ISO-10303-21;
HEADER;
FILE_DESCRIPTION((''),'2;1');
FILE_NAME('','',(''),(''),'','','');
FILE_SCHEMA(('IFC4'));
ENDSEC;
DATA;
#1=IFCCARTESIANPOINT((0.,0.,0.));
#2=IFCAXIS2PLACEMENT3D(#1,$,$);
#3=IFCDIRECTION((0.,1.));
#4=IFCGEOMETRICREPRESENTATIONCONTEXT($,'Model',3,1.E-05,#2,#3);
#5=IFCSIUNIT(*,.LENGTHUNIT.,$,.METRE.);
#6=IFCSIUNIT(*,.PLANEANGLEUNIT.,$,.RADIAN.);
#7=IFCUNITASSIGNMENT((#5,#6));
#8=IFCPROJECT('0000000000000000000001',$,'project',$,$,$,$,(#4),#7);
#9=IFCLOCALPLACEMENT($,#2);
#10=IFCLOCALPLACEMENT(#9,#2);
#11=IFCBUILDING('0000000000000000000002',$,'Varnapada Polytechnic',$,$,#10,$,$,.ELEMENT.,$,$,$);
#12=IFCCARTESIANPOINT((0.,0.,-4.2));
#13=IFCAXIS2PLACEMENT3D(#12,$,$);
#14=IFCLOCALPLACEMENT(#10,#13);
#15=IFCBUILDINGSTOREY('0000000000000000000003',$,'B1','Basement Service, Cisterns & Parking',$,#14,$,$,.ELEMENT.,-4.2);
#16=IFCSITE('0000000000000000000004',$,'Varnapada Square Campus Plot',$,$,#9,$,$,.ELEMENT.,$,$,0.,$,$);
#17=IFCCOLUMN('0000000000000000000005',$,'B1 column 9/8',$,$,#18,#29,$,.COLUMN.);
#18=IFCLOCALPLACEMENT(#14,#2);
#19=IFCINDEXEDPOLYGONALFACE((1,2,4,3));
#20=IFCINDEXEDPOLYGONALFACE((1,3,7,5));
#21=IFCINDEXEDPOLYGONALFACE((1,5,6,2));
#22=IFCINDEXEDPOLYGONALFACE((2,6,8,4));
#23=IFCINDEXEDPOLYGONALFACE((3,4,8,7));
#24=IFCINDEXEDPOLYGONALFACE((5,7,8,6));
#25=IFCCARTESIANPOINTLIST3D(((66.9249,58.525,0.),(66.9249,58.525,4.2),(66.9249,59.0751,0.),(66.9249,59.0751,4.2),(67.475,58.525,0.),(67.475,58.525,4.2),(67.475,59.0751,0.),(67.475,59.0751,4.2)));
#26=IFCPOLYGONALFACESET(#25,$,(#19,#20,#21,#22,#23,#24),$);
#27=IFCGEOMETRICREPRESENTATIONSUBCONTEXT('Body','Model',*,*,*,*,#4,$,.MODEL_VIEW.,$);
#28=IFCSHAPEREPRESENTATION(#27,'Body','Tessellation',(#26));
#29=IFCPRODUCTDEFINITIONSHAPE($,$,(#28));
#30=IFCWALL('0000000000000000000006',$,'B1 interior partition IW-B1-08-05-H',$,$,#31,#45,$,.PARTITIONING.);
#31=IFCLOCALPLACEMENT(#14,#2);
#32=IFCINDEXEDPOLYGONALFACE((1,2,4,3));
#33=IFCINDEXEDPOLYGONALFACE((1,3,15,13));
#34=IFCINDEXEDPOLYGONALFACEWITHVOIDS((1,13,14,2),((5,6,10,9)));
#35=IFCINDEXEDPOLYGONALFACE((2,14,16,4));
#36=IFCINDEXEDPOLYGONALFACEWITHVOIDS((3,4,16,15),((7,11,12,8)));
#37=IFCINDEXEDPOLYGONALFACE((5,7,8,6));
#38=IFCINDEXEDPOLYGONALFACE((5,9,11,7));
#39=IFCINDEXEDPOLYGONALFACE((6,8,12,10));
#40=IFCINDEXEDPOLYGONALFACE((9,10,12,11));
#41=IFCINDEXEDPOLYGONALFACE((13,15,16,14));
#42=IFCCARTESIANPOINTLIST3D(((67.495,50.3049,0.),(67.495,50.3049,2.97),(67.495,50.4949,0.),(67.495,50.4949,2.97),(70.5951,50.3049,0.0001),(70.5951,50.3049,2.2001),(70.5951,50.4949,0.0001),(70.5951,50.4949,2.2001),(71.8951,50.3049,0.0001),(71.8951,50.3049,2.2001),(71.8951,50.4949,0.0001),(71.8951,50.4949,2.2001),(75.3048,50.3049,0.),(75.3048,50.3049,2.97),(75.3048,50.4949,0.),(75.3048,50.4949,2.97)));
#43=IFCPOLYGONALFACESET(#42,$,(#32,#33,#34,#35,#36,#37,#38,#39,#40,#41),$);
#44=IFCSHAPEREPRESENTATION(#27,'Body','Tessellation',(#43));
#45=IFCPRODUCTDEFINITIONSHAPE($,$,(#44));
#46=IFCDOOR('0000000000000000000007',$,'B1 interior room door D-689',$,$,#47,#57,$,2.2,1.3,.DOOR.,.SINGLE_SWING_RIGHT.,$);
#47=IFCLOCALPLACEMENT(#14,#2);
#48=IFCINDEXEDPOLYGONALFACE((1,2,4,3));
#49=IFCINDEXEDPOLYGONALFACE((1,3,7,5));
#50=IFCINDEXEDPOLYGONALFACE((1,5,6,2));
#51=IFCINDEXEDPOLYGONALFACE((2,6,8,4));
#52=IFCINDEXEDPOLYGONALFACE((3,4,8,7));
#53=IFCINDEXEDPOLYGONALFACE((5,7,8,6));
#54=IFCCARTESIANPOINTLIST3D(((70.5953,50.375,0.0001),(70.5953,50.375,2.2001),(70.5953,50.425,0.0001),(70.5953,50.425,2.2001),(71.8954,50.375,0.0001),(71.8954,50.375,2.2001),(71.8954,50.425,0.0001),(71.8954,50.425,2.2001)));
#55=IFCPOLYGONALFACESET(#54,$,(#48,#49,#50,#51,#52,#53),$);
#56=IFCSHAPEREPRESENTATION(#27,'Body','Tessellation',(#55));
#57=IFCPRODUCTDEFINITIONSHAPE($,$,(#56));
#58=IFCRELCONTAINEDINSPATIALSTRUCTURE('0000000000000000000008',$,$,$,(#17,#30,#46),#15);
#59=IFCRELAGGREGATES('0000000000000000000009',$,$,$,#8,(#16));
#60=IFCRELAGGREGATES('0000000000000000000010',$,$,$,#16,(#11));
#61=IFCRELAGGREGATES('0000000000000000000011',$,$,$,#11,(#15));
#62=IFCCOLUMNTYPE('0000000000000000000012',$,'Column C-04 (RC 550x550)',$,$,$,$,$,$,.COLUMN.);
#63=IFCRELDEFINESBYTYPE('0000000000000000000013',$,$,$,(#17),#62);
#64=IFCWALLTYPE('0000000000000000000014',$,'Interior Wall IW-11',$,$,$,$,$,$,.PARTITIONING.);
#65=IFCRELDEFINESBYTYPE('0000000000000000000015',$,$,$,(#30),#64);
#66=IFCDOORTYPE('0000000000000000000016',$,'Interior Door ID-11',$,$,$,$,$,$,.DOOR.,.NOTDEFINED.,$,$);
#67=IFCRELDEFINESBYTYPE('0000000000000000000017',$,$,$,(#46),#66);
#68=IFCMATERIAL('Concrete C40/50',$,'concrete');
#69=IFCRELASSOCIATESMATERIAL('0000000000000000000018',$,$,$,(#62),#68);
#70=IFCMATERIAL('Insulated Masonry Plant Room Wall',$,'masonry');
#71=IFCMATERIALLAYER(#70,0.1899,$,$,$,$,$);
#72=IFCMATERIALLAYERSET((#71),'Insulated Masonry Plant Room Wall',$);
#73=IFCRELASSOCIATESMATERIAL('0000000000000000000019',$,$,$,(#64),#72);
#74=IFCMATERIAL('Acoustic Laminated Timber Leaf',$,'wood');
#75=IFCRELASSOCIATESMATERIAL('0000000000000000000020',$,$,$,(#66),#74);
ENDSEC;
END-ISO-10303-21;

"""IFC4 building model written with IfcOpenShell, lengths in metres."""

from ifc_helpers import new_model, si_unit, direction, frame, frame_2d, origin, origin_2d, place, context, subcontext, project, spatial, rectangle, extrude, material, layer, layer_set, material_profile, profile_set, type_object, element, fill, save


model = new_model("IFC4")

# Units and contexts
model_context = context("Model", 3, precision=1e-05, world=origin(), true_north=direction((0.0, 1.0)))
body_context = subcontext(model_context, "Body", "Model", "MODEL_VIEW")
ifc_project = project(units=[si_unit("LENGTHUNIT", "METRE"), si_unit("PLANEANGLEUNIT", "RADIAN")], contexts=[model_context])

# Site, building, storey
site_placement = place(None, origin())
site = spatial("IfcSite", under=ifc_project, at=site_placement, Name="Varnapada Square Campus Plot", CompositionType="ELEMENT", RefElevation=0.0)
building_placement = place(site_placement, origin())
building = spatial("IfcBuilding", under=site, at=building_placement, Name="Varnapada Polytechnic", CompositionType="ELEMENT")
storey_placement = place(building_placement, frame((0.0, 0.0, -4.2)))
storey = spatial("IfcBuildingStorey", under=building, at=storey_placement, Name="B1", Description="Basement Service, Cisterns & Parking", CompositionType="ELEMENT", Elevation=-4.2)

# Shared definitions
ifc_material_1 = material(Name="Concrete C40/50", Category="concrete")

# Column
ifc_material_profile_1 = material_profile(ifc_material_1, rectangle(XDim=0.55, YDim=0.55, at=origin_2d()), Name="RC 550x550")
ifc_profile_set_1 = profile_set([ifc_material_profile_1], Name="Concrete C40/50")
column_type = type_object("IfcColumnType", Name="Column C-04 (RC 550x550)", PredefinedType="COLUMN", material=ifc_profile_set_1)
for number, where, z_axis, x_axis, name in (
    (1, (67.2, 58.8, 0.0), (0.0, 0.0, 1.0), (1.0, 0.0, 0.0), "B1 column 9/8"),
):
    element("IfcColumn", number, at=place(storey_placement, frame(where, z_axis=z_axis, x_axis=x_axis)), inside=storey, type_object=column_type, Name=name, PredefinedType="COLUMN", context=body_context, shape_type="SweptSolid", body=[
        extrude(rectangle(XDim=0.55, YDim=0.55, at=origin_2d()), origin(), (0.0, 0.0, 1.0), 4.2),
    ])

# Wall, opening, door
ifc_material_2 = material(Name="Insulated Masonry Plant Room Wall", Category="masonry")
ifc_layer = layer(ifc_material_2, 0.1899)
ifc_layer_set = layer_set([ifc_layer], Name="Insulated Masonry Plant Room Wall")
wall_type = type_object("IfcWallType", Name="Interior Wall IW-11", PredefinedType="PARTITIONING", material=ifc_layer_set)
wall_placement = place(storey_placement, frame((67.4951, 50.3999, 0.0), z_axis=(0.0, 0.0, 1.0), x_axis=(1.0, 0.0, 0.0)))
wall = element("IfcWall", 2, at=wall_placement, inside=storey, type_object=wall_type, Name="B1 interior partition IW-B1-08-05-H", PredefinedType="PARTITIONING", context=body_context, shape_type="SweptSolid", body=[
    extrude(rectangle(XDim=7.8098, YDim=0.1899, at=frame_2d((3.9048, 0.0))), origin(), (0.0, 0.0, 1.0), 2.97),
])
opening_placement = place(wall_placement, frame((3.1001, 0.0, 0.0)))
opening = element("IfcOpeningElement", 3, at=opening_placement, cuts=wall, PredefinedType="OPENING", context=body_context, shape_type="SweptSolid", body=[
    extrude(rectangle(XDim=1.3, YDim=2.2, at=frame_2d((0.6499, 1.1001))), frame((0.0, 0.105, 0.0), z_axis=(0.0, -1.0, 0.0), x_axis=(1.0, 0.0, 0.0)), (0.0, 0.0, 1.0), 0.21),
])
ifc_material_3 = material(Name="Acoustic Laminated Timber Leaf", Category="wood")
door_type = type_object("IfcDoorType", Name="Interior Door ID-11", OperationType="NOTDEFINED", PredefinedType="DOOR", material=ifc_material_3)
door_placement = place(opening_placement, frame((1.3, 0.0, 0.0), z_axis=(0.0, 0.0, 1.0), x_axis=(-1.0, 0.0, 0.0)))
door = element("IfcDoor", 4, at=door_placement, inside=storey, type_object=door_type, Name="B1 interior room door D-689", OperationType="SINGLE_SWING_RIGHT", OverallHeight=2.2, OverallWidth=1.3, PredefinedType="DOOR", context=body_context, shape_type="SweptSolid", body=[
    extrude(rectangle(XDim=1.3, YDim=2.2, at=frame_2d((0.6499, 1.1001))), frame((0.0, 0.0249, 0.0), z_axis=(0.0, -1.0, 0.0), x_axis=(1.0, 0.0, 0.0)), (0.0, 0.0, 1.0), 0.05),
])
fill(opening, door)

save(model, "model.ifc")
